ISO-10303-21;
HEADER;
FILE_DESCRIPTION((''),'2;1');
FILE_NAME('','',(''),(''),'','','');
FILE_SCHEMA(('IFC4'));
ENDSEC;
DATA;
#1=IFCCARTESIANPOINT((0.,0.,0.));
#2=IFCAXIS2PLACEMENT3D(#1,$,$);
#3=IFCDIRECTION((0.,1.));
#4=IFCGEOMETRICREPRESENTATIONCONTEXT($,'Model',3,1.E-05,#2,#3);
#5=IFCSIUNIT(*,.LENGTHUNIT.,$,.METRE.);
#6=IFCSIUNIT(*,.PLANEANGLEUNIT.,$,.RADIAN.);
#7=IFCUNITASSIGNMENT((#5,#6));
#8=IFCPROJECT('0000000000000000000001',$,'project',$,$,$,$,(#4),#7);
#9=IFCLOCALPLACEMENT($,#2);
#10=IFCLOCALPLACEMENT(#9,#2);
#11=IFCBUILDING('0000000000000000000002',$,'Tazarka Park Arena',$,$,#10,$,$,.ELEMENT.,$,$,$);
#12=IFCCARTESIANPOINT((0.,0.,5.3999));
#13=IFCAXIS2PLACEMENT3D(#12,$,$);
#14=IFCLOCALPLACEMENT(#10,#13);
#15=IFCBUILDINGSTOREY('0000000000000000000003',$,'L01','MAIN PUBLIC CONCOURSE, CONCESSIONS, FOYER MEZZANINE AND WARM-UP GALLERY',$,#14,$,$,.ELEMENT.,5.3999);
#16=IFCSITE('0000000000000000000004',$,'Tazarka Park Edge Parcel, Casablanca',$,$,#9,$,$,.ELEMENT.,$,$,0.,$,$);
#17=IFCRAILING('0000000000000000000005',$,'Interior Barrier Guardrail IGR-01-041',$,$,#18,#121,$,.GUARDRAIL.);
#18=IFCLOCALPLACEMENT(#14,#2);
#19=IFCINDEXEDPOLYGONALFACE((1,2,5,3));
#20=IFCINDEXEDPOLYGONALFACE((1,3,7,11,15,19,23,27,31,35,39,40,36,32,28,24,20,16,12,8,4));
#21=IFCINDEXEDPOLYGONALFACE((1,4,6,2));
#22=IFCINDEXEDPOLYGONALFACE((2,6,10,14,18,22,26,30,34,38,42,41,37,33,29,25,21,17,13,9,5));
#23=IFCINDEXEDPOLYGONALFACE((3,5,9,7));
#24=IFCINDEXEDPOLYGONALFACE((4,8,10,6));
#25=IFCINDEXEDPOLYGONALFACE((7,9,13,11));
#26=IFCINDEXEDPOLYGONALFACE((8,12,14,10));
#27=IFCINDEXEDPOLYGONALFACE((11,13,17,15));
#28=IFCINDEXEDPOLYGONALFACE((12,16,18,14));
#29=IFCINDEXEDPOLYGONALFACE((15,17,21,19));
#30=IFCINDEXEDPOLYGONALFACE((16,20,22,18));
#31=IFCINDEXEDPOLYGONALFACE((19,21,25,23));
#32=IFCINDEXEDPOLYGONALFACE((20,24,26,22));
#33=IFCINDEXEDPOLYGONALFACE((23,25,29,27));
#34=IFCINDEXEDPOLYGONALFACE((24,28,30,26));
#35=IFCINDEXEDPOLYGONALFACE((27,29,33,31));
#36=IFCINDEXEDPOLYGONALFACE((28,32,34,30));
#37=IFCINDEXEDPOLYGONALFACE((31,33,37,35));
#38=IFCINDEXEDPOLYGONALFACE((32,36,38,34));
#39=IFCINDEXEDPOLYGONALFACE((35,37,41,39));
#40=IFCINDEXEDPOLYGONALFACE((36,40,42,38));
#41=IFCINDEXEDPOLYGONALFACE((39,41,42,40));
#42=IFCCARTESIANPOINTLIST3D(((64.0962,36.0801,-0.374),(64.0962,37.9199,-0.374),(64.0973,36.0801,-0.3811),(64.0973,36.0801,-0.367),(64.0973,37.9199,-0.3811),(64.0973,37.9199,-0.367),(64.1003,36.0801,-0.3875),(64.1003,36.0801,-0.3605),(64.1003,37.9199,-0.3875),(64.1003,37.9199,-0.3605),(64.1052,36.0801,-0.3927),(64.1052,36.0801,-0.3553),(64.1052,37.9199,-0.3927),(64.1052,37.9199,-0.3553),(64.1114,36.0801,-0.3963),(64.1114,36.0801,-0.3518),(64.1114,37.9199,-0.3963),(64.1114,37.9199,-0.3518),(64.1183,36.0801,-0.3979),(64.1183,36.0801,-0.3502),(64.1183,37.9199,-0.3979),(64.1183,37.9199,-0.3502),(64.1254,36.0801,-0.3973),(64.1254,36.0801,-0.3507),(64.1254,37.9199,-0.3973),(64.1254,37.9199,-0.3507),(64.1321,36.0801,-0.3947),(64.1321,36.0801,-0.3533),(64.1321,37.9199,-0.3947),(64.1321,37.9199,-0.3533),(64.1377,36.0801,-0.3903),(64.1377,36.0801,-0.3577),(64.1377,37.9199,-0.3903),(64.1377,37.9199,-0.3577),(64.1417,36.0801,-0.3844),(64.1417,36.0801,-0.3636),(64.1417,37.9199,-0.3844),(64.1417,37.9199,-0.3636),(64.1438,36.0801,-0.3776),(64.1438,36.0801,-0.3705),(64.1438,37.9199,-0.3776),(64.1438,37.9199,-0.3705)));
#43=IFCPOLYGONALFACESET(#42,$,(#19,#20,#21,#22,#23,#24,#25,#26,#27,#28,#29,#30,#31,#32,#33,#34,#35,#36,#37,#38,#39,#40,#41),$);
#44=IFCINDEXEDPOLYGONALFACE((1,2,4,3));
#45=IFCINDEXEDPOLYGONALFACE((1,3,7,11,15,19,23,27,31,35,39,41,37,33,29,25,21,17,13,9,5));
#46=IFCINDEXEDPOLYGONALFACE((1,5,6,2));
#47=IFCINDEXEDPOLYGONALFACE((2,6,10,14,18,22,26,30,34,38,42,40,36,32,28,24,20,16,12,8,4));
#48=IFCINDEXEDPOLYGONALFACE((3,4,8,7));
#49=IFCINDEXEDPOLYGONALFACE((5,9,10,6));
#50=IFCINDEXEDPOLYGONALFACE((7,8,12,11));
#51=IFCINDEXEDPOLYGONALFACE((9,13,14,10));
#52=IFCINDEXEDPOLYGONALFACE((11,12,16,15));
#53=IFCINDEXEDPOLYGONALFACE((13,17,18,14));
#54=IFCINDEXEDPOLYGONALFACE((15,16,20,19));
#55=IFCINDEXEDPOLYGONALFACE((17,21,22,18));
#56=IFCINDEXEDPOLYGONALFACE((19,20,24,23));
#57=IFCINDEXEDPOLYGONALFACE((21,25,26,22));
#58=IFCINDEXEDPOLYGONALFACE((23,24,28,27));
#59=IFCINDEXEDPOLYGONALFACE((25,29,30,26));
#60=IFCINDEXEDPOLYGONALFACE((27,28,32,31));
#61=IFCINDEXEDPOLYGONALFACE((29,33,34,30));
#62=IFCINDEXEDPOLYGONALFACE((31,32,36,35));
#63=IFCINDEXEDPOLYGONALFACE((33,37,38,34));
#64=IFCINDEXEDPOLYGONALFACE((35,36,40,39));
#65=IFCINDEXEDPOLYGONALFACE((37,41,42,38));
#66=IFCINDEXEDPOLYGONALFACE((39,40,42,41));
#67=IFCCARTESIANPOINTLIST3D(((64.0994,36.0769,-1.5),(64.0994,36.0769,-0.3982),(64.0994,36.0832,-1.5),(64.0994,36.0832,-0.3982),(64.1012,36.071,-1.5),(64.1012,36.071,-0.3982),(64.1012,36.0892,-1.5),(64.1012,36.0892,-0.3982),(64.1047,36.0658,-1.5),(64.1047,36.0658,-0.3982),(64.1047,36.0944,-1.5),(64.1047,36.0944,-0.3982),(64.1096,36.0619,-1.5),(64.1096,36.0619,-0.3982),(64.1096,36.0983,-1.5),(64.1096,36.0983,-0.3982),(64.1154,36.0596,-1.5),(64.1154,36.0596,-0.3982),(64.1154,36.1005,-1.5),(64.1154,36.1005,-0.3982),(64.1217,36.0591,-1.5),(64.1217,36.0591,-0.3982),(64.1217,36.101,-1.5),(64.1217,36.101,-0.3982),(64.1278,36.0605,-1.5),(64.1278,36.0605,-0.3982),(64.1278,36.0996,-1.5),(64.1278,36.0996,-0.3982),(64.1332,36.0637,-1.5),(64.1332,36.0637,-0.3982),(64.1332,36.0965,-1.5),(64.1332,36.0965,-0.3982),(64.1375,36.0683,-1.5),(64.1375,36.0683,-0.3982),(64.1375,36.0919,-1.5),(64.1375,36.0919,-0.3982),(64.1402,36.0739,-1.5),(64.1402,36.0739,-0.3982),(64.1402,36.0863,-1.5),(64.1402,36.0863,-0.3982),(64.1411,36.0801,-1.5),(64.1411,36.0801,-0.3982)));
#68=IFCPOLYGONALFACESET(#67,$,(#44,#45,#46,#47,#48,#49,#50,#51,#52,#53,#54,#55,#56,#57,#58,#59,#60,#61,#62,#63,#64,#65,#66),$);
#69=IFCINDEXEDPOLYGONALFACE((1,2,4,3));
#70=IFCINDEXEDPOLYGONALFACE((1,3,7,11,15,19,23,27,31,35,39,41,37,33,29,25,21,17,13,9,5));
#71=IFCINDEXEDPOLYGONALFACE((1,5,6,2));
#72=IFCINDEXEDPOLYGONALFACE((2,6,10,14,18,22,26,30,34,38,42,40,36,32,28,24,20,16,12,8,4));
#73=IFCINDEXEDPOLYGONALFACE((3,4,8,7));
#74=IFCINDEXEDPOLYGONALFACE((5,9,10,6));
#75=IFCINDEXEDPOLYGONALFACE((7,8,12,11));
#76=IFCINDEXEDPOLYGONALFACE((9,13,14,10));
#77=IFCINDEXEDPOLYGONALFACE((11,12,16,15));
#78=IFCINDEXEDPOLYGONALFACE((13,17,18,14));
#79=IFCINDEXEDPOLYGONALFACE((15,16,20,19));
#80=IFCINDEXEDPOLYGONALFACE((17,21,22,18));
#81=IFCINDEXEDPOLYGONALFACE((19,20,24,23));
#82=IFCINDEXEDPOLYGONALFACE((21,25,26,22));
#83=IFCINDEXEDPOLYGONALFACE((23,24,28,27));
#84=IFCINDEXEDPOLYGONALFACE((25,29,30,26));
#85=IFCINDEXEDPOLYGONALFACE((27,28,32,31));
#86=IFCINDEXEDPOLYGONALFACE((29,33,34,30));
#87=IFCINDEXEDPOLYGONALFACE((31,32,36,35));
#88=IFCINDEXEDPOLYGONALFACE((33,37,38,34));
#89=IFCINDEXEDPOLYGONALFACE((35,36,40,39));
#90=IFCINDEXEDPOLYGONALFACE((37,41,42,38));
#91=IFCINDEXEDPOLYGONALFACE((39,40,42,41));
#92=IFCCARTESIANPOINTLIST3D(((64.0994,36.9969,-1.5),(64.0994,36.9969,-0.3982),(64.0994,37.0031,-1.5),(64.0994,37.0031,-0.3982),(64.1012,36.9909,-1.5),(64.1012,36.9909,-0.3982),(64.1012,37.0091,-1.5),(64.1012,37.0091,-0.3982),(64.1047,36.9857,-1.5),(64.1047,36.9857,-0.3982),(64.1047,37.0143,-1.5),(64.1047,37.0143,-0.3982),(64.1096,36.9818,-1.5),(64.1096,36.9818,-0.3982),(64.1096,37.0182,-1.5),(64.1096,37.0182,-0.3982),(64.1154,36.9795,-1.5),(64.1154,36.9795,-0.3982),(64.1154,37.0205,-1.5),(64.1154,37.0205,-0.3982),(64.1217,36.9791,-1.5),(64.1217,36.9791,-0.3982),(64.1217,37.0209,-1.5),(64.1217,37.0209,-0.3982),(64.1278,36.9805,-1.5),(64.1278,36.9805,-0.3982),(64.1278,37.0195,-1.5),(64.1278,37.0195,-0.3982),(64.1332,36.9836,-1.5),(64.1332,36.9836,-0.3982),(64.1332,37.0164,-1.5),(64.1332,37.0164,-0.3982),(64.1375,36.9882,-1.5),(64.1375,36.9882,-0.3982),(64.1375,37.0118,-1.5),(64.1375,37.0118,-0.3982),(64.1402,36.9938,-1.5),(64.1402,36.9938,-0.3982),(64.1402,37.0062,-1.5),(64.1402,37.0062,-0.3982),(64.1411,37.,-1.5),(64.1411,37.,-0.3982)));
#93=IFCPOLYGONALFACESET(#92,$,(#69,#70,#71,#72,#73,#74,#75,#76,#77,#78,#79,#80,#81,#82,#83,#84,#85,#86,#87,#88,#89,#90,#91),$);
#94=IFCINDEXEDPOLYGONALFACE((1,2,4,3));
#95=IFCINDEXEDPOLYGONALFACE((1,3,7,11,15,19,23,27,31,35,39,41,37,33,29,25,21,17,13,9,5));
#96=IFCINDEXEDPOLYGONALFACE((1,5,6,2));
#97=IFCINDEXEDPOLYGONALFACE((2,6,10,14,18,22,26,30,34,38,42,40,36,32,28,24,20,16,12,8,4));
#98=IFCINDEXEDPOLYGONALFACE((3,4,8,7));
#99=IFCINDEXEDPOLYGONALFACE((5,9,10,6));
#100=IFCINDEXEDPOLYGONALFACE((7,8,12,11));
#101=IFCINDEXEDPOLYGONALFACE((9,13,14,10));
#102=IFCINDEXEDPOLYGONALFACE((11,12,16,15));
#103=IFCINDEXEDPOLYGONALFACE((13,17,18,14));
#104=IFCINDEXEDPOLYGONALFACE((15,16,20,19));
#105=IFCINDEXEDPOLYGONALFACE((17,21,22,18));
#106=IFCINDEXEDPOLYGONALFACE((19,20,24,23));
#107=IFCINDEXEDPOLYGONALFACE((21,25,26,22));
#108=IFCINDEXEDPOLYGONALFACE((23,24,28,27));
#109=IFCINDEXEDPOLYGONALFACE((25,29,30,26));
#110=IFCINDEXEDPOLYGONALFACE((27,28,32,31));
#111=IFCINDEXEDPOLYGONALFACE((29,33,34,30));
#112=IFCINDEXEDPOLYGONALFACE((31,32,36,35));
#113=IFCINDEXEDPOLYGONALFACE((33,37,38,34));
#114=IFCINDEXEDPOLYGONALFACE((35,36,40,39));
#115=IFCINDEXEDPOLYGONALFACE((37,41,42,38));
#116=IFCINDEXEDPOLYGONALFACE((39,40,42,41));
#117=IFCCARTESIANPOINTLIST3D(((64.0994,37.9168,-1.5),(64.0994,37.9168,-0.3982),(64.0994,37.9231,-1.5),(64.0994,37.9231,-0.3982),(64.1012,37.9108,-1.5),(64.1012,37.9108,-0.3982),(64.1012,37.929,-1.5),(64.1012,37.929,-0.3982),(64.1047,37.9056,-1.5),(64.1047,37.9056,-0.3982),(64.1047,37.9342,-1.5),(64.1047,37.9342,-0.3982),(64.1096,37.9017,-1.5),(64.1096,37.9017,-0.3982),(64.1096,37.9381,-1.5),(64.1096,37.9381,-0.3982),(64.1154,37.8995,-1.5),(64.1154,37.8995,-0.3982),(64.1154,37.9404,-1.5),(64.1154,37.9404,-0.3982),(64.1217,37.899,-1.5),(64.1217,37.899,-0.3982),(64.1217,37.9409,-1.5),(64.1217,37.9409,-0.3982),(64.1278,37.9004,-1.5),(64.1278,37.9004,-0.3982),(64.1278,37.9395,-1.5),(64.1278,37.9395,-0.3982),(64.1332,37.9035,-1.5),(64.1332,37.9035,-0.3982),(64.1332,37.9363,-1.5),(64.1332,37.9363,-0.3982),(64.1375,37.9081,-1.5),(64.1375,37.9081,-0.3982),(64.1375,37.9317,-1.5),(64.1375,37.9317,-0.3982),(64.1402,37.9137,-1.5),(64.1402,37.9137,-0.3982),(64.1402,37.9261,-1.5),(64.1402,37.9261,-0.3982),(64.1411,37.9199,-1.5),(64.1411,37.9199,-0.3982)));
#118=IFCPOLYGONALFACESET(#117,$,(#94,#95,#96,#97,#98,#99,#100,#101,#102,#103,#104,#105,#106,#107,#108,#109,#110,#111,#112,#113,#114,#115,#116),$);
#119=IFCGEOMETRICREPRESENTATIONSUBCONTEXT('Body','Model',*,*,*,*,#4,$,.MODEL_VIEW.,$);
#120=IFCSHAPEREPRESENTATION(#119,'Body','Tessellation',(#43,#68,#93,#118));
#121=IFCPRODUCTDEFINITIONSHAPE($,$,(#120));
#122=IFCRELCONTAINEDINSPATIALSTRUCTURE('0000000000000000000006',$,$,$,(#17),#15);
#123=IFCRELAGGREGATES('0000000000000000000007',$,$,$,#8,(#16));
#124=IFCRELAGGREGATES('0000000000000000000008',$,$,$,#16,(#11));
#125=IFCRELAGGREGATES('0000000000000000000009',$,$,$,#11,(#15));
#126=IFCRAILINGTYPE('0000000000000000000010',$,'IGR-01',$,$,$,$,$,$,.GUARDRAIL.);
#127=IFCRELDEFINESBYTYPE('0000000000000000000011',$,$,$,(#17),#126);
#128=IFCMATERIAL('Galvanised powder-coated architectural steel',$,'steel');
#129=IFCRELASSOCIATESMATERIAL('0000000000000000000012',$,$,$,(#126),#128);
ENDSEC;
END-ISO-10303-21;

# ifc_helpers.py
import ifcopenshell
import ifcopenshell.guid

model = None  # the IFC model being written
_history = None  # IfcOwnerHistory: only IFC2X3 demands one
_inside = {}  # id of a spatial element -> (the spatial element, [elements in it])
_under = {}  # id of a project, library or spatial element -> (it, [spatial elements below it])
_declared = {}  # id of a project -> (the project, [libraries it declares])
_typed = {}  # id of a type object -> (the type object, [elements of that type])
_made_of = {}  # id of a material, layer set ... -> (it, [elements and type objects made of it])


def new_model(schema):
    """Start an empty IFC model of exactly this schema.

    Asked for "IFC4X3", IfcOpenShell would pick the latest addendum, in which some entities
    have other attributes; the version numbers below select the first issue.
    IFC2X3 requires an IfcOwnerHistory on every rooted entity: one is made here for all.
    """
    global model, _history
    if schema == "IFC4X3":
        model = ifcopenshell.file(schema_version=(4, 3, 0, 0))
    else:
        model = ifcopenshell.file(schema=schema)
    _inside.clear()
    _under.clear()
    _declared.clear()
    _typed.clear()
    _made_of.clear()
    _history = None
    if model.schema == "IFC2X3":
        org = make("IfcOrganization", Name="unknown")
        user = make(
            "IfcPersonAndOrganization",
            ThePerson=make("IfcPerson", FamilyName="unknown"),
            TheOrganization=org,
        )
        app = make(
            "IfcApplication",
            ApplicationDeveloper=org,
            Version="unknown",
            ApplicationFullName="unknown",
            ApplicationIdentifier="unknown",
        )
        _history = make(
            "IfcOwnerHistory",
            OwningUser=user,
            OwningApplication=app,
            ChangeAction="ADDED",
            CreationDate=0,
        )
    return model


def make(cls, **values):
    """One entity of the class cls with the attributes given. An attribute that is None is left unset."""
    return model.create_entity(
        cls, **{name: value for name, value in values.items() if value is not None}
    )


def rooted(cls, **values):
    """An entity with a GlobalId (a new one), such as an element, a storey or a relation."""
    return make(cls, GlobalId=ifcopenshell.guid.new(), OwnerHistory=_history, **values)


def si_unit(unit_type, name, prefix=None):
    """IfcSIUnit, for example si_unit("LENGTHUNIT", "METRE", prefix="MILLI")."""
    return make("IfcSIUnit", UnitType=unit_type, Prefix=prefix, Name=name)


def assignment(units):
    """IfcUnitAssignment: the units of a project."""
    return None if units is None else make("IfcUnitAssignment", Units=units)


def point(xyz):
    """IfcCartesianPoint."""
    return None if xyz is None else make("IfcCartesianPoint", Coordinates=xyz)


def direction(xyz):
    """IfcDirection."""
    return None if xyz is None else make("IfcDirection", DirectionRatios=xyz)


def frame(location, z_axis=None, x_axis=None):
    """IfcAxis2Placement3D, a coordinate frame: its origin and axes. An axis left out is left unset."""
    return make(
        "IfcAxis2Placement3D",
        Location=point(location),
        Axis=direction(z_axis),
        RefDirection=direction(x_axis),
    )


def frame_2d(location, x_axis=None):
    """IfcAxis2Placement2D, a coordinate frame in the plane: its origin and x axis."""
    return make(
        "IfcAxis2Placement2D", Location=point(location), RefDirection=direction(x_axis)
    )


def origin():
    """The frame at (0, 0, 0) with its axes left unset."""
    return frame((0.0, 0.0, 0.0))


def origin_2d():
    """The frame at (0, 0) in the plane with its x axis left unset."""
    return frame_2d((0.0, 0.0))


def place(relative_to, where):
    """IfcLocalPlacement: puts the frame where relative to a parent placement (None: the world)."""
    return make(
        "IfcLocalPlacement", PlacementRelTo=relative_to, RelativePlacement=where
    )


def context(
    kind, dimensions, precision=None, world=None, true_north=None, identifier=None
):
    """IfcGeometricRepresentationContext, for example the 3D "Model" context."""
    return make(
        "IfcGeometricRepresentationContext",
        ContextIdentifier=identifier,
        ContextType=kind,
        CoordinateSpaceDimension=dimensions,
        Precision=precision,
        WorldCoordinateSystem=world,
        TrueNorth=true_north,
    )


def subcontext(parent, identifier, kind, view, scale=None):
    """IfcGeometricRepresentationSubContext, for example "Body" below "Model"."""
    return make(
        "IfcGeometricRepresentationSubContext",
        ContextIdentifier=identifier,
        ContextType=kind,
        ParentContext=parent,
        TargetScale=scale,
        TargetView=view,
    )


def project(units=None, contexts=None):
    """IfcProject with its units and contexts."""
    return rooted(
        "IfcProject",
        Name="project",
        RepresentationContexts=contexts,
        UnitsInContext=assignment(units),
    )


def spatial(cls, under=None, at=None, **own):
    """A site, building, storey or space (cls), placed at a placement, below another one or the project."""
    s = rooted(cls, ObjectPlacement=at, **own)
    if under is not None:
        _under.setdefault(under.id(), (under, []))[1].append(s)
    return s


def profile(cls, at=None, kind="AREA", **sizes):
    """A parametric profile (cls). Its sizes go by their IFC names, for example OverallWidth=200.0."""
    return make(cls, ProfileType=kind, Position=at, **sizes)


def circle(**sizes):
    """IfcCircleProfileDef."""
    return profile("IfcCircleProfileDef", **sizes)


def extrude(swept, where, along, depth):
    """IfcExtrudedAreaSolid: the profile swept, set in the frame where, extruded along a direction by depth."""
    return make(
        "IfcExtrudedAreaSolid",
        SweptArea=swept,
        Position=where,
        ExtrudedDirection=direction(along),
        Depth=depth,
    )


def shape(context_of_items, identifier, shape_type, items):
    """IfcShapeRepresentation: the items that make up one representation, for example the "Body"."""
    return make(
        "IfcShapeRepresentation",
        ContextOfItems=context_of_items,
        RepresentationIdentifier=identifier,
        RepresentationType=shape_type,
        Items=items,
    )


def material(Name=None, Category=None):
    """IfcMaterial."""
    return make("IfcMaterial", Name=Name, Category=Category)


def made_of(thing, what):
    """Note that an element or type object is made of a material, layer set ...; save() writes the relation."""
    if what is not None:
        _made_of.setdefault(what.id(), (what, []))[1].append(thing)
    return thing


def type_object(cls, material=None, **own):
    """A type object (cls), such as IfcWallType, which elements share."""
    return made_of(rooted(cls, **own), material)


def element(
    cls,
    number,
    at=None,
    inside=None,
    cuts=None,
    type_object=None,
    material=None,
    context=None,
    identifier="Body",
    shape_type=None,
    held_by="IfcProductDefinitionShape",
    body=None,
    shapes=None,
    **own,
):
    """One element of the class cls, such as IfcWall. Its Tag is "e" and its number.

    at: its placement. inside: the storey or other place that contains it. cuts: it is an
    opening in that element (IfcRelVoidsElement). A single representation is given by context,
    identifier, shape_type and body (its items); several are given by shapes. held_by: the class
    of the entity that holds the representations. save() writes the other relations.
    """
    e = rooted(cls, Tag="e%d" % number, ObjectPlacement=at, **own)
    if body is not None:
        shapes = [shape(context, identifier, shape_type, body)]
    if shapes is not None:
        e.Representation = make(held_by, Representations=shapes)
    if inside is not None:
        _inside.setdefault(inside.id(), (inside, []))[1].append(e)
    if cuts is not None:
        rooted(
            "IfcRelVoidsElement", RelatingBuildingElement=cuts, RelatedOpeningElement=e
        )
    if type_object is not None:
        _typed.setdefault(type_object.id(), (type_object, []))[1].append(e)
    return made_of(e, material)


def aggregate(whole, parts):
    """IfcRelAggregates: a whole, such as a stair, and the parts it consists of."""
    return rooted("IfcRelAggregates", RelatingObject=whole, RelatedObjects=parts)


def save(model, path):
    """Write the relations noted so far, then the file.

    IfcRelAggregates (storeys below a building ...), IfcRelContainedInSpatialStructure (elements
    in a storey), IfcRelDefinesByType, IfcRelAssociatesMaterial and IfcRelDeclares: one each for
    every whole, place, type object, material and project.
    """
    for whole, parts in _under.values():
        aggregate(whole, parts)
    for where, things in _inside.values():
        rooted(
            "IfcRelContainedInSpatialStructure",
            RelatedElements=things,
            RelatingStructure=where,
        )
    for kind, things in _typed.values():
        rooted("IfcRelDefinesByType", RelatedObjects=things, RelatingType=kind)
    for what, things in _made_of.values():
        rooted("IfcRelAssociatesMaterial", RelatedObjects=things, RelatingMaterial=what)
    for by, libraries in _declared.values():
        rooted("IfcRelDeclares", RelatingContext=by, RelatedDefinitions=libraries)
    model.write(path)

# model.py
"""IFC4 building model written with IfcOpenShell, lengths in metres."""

from ifc_helpers import new_model, si_unit, direction, frame, origin, origin_2d, place, context, subcontext, project, spatial, circle, extrude, material, type_object, element, save


model = new_model("IFC4")

# Units and contexts
model_context = context("Model", 3, precision=1e-05, world=origin(), true_north=direction((0.0, 1.0)))
body_context = subcontext(model_context, "Body", "Model", "MODEL_VIEW")
ifc_project = project(units=[si_unit("LENGTHUNIT", "METRE"), si_unit("PLANEANGLEUNIT", "RADIAN")], contexts=[model_context])

# Site, building, storey
site_placement = place(None, origin())
site = spatial("IfcSite", under=ifc_project, at=site_placement, Name="Tazarka Park Edge Parcel, Casablanca", CompositionType="ELEMENT", RefElevation=0.0)
building_placement = place(site_placement, origin())
building = spatial("IfcBuilding", under=site, at=building_placement, Name="Tazarka Park Arena", CompositionType="ELEMENT")
storey_placement = place(building_placement, frame((0.0, 0.0, 5.3999)))
storey = spatial("IfcBuildingStorey", under=building, at=storey_placement, Name="L01", Description="MAIN PUBLIC CONCOURSE, CONCESSIONS, FOYER MEZZANINE AND WARM-UP GALLERY", CompositionType="ELEMENT", Elevation=5.3999)

# Railing
ifc_material_1 = material(Name="Galvanised powder-coated architectural steel", Category="steel")
railing_type = type_object("IfcRailingType", Name="IGR-01", PredefinedType="GUARDRAIL", material=ifc_material_1)
for number, where, name in (
    (1, (64.1201, 36.0801, -1.5), "Interior Barrier Guardrail IGR-01-041"),
):
    element("IfcRailing", number, at=place(storey_placement, frame(where)), inside=storey, type_object=railing_type, Name=name, PredefinedType="GUARDRAIL", context=body_context, shape_type="SweptSolid", body=[
        extrude(circle(Radius=0.0239, at=origin_2d()), frame((0.0, 0.0, 1.126), z_axis=(0.0, 1.0, 0.0), x_axis=(-1.0, 0.0, 0.0)), (0.0, 0.0, 1.0), 1.8398),
        extrude(circle(Radius=0.021, at=origin_2d()), origin(), (0.0, 0.0, 1.0), 1.1018),
        extrude(circle(Radius=0.021, at=origin_2d()), frame((0.0, 0.9199, 0.0)), (0.0, 0.0, 1.0), 1.1018),
        extrude(circle(Radius=0.021, at=origin_2d()), frame((0.0, 1.8398, 0.0)), (0.0, 0.0, 1.0), 1.1018),
    ])

save(model, "model.ifc")
